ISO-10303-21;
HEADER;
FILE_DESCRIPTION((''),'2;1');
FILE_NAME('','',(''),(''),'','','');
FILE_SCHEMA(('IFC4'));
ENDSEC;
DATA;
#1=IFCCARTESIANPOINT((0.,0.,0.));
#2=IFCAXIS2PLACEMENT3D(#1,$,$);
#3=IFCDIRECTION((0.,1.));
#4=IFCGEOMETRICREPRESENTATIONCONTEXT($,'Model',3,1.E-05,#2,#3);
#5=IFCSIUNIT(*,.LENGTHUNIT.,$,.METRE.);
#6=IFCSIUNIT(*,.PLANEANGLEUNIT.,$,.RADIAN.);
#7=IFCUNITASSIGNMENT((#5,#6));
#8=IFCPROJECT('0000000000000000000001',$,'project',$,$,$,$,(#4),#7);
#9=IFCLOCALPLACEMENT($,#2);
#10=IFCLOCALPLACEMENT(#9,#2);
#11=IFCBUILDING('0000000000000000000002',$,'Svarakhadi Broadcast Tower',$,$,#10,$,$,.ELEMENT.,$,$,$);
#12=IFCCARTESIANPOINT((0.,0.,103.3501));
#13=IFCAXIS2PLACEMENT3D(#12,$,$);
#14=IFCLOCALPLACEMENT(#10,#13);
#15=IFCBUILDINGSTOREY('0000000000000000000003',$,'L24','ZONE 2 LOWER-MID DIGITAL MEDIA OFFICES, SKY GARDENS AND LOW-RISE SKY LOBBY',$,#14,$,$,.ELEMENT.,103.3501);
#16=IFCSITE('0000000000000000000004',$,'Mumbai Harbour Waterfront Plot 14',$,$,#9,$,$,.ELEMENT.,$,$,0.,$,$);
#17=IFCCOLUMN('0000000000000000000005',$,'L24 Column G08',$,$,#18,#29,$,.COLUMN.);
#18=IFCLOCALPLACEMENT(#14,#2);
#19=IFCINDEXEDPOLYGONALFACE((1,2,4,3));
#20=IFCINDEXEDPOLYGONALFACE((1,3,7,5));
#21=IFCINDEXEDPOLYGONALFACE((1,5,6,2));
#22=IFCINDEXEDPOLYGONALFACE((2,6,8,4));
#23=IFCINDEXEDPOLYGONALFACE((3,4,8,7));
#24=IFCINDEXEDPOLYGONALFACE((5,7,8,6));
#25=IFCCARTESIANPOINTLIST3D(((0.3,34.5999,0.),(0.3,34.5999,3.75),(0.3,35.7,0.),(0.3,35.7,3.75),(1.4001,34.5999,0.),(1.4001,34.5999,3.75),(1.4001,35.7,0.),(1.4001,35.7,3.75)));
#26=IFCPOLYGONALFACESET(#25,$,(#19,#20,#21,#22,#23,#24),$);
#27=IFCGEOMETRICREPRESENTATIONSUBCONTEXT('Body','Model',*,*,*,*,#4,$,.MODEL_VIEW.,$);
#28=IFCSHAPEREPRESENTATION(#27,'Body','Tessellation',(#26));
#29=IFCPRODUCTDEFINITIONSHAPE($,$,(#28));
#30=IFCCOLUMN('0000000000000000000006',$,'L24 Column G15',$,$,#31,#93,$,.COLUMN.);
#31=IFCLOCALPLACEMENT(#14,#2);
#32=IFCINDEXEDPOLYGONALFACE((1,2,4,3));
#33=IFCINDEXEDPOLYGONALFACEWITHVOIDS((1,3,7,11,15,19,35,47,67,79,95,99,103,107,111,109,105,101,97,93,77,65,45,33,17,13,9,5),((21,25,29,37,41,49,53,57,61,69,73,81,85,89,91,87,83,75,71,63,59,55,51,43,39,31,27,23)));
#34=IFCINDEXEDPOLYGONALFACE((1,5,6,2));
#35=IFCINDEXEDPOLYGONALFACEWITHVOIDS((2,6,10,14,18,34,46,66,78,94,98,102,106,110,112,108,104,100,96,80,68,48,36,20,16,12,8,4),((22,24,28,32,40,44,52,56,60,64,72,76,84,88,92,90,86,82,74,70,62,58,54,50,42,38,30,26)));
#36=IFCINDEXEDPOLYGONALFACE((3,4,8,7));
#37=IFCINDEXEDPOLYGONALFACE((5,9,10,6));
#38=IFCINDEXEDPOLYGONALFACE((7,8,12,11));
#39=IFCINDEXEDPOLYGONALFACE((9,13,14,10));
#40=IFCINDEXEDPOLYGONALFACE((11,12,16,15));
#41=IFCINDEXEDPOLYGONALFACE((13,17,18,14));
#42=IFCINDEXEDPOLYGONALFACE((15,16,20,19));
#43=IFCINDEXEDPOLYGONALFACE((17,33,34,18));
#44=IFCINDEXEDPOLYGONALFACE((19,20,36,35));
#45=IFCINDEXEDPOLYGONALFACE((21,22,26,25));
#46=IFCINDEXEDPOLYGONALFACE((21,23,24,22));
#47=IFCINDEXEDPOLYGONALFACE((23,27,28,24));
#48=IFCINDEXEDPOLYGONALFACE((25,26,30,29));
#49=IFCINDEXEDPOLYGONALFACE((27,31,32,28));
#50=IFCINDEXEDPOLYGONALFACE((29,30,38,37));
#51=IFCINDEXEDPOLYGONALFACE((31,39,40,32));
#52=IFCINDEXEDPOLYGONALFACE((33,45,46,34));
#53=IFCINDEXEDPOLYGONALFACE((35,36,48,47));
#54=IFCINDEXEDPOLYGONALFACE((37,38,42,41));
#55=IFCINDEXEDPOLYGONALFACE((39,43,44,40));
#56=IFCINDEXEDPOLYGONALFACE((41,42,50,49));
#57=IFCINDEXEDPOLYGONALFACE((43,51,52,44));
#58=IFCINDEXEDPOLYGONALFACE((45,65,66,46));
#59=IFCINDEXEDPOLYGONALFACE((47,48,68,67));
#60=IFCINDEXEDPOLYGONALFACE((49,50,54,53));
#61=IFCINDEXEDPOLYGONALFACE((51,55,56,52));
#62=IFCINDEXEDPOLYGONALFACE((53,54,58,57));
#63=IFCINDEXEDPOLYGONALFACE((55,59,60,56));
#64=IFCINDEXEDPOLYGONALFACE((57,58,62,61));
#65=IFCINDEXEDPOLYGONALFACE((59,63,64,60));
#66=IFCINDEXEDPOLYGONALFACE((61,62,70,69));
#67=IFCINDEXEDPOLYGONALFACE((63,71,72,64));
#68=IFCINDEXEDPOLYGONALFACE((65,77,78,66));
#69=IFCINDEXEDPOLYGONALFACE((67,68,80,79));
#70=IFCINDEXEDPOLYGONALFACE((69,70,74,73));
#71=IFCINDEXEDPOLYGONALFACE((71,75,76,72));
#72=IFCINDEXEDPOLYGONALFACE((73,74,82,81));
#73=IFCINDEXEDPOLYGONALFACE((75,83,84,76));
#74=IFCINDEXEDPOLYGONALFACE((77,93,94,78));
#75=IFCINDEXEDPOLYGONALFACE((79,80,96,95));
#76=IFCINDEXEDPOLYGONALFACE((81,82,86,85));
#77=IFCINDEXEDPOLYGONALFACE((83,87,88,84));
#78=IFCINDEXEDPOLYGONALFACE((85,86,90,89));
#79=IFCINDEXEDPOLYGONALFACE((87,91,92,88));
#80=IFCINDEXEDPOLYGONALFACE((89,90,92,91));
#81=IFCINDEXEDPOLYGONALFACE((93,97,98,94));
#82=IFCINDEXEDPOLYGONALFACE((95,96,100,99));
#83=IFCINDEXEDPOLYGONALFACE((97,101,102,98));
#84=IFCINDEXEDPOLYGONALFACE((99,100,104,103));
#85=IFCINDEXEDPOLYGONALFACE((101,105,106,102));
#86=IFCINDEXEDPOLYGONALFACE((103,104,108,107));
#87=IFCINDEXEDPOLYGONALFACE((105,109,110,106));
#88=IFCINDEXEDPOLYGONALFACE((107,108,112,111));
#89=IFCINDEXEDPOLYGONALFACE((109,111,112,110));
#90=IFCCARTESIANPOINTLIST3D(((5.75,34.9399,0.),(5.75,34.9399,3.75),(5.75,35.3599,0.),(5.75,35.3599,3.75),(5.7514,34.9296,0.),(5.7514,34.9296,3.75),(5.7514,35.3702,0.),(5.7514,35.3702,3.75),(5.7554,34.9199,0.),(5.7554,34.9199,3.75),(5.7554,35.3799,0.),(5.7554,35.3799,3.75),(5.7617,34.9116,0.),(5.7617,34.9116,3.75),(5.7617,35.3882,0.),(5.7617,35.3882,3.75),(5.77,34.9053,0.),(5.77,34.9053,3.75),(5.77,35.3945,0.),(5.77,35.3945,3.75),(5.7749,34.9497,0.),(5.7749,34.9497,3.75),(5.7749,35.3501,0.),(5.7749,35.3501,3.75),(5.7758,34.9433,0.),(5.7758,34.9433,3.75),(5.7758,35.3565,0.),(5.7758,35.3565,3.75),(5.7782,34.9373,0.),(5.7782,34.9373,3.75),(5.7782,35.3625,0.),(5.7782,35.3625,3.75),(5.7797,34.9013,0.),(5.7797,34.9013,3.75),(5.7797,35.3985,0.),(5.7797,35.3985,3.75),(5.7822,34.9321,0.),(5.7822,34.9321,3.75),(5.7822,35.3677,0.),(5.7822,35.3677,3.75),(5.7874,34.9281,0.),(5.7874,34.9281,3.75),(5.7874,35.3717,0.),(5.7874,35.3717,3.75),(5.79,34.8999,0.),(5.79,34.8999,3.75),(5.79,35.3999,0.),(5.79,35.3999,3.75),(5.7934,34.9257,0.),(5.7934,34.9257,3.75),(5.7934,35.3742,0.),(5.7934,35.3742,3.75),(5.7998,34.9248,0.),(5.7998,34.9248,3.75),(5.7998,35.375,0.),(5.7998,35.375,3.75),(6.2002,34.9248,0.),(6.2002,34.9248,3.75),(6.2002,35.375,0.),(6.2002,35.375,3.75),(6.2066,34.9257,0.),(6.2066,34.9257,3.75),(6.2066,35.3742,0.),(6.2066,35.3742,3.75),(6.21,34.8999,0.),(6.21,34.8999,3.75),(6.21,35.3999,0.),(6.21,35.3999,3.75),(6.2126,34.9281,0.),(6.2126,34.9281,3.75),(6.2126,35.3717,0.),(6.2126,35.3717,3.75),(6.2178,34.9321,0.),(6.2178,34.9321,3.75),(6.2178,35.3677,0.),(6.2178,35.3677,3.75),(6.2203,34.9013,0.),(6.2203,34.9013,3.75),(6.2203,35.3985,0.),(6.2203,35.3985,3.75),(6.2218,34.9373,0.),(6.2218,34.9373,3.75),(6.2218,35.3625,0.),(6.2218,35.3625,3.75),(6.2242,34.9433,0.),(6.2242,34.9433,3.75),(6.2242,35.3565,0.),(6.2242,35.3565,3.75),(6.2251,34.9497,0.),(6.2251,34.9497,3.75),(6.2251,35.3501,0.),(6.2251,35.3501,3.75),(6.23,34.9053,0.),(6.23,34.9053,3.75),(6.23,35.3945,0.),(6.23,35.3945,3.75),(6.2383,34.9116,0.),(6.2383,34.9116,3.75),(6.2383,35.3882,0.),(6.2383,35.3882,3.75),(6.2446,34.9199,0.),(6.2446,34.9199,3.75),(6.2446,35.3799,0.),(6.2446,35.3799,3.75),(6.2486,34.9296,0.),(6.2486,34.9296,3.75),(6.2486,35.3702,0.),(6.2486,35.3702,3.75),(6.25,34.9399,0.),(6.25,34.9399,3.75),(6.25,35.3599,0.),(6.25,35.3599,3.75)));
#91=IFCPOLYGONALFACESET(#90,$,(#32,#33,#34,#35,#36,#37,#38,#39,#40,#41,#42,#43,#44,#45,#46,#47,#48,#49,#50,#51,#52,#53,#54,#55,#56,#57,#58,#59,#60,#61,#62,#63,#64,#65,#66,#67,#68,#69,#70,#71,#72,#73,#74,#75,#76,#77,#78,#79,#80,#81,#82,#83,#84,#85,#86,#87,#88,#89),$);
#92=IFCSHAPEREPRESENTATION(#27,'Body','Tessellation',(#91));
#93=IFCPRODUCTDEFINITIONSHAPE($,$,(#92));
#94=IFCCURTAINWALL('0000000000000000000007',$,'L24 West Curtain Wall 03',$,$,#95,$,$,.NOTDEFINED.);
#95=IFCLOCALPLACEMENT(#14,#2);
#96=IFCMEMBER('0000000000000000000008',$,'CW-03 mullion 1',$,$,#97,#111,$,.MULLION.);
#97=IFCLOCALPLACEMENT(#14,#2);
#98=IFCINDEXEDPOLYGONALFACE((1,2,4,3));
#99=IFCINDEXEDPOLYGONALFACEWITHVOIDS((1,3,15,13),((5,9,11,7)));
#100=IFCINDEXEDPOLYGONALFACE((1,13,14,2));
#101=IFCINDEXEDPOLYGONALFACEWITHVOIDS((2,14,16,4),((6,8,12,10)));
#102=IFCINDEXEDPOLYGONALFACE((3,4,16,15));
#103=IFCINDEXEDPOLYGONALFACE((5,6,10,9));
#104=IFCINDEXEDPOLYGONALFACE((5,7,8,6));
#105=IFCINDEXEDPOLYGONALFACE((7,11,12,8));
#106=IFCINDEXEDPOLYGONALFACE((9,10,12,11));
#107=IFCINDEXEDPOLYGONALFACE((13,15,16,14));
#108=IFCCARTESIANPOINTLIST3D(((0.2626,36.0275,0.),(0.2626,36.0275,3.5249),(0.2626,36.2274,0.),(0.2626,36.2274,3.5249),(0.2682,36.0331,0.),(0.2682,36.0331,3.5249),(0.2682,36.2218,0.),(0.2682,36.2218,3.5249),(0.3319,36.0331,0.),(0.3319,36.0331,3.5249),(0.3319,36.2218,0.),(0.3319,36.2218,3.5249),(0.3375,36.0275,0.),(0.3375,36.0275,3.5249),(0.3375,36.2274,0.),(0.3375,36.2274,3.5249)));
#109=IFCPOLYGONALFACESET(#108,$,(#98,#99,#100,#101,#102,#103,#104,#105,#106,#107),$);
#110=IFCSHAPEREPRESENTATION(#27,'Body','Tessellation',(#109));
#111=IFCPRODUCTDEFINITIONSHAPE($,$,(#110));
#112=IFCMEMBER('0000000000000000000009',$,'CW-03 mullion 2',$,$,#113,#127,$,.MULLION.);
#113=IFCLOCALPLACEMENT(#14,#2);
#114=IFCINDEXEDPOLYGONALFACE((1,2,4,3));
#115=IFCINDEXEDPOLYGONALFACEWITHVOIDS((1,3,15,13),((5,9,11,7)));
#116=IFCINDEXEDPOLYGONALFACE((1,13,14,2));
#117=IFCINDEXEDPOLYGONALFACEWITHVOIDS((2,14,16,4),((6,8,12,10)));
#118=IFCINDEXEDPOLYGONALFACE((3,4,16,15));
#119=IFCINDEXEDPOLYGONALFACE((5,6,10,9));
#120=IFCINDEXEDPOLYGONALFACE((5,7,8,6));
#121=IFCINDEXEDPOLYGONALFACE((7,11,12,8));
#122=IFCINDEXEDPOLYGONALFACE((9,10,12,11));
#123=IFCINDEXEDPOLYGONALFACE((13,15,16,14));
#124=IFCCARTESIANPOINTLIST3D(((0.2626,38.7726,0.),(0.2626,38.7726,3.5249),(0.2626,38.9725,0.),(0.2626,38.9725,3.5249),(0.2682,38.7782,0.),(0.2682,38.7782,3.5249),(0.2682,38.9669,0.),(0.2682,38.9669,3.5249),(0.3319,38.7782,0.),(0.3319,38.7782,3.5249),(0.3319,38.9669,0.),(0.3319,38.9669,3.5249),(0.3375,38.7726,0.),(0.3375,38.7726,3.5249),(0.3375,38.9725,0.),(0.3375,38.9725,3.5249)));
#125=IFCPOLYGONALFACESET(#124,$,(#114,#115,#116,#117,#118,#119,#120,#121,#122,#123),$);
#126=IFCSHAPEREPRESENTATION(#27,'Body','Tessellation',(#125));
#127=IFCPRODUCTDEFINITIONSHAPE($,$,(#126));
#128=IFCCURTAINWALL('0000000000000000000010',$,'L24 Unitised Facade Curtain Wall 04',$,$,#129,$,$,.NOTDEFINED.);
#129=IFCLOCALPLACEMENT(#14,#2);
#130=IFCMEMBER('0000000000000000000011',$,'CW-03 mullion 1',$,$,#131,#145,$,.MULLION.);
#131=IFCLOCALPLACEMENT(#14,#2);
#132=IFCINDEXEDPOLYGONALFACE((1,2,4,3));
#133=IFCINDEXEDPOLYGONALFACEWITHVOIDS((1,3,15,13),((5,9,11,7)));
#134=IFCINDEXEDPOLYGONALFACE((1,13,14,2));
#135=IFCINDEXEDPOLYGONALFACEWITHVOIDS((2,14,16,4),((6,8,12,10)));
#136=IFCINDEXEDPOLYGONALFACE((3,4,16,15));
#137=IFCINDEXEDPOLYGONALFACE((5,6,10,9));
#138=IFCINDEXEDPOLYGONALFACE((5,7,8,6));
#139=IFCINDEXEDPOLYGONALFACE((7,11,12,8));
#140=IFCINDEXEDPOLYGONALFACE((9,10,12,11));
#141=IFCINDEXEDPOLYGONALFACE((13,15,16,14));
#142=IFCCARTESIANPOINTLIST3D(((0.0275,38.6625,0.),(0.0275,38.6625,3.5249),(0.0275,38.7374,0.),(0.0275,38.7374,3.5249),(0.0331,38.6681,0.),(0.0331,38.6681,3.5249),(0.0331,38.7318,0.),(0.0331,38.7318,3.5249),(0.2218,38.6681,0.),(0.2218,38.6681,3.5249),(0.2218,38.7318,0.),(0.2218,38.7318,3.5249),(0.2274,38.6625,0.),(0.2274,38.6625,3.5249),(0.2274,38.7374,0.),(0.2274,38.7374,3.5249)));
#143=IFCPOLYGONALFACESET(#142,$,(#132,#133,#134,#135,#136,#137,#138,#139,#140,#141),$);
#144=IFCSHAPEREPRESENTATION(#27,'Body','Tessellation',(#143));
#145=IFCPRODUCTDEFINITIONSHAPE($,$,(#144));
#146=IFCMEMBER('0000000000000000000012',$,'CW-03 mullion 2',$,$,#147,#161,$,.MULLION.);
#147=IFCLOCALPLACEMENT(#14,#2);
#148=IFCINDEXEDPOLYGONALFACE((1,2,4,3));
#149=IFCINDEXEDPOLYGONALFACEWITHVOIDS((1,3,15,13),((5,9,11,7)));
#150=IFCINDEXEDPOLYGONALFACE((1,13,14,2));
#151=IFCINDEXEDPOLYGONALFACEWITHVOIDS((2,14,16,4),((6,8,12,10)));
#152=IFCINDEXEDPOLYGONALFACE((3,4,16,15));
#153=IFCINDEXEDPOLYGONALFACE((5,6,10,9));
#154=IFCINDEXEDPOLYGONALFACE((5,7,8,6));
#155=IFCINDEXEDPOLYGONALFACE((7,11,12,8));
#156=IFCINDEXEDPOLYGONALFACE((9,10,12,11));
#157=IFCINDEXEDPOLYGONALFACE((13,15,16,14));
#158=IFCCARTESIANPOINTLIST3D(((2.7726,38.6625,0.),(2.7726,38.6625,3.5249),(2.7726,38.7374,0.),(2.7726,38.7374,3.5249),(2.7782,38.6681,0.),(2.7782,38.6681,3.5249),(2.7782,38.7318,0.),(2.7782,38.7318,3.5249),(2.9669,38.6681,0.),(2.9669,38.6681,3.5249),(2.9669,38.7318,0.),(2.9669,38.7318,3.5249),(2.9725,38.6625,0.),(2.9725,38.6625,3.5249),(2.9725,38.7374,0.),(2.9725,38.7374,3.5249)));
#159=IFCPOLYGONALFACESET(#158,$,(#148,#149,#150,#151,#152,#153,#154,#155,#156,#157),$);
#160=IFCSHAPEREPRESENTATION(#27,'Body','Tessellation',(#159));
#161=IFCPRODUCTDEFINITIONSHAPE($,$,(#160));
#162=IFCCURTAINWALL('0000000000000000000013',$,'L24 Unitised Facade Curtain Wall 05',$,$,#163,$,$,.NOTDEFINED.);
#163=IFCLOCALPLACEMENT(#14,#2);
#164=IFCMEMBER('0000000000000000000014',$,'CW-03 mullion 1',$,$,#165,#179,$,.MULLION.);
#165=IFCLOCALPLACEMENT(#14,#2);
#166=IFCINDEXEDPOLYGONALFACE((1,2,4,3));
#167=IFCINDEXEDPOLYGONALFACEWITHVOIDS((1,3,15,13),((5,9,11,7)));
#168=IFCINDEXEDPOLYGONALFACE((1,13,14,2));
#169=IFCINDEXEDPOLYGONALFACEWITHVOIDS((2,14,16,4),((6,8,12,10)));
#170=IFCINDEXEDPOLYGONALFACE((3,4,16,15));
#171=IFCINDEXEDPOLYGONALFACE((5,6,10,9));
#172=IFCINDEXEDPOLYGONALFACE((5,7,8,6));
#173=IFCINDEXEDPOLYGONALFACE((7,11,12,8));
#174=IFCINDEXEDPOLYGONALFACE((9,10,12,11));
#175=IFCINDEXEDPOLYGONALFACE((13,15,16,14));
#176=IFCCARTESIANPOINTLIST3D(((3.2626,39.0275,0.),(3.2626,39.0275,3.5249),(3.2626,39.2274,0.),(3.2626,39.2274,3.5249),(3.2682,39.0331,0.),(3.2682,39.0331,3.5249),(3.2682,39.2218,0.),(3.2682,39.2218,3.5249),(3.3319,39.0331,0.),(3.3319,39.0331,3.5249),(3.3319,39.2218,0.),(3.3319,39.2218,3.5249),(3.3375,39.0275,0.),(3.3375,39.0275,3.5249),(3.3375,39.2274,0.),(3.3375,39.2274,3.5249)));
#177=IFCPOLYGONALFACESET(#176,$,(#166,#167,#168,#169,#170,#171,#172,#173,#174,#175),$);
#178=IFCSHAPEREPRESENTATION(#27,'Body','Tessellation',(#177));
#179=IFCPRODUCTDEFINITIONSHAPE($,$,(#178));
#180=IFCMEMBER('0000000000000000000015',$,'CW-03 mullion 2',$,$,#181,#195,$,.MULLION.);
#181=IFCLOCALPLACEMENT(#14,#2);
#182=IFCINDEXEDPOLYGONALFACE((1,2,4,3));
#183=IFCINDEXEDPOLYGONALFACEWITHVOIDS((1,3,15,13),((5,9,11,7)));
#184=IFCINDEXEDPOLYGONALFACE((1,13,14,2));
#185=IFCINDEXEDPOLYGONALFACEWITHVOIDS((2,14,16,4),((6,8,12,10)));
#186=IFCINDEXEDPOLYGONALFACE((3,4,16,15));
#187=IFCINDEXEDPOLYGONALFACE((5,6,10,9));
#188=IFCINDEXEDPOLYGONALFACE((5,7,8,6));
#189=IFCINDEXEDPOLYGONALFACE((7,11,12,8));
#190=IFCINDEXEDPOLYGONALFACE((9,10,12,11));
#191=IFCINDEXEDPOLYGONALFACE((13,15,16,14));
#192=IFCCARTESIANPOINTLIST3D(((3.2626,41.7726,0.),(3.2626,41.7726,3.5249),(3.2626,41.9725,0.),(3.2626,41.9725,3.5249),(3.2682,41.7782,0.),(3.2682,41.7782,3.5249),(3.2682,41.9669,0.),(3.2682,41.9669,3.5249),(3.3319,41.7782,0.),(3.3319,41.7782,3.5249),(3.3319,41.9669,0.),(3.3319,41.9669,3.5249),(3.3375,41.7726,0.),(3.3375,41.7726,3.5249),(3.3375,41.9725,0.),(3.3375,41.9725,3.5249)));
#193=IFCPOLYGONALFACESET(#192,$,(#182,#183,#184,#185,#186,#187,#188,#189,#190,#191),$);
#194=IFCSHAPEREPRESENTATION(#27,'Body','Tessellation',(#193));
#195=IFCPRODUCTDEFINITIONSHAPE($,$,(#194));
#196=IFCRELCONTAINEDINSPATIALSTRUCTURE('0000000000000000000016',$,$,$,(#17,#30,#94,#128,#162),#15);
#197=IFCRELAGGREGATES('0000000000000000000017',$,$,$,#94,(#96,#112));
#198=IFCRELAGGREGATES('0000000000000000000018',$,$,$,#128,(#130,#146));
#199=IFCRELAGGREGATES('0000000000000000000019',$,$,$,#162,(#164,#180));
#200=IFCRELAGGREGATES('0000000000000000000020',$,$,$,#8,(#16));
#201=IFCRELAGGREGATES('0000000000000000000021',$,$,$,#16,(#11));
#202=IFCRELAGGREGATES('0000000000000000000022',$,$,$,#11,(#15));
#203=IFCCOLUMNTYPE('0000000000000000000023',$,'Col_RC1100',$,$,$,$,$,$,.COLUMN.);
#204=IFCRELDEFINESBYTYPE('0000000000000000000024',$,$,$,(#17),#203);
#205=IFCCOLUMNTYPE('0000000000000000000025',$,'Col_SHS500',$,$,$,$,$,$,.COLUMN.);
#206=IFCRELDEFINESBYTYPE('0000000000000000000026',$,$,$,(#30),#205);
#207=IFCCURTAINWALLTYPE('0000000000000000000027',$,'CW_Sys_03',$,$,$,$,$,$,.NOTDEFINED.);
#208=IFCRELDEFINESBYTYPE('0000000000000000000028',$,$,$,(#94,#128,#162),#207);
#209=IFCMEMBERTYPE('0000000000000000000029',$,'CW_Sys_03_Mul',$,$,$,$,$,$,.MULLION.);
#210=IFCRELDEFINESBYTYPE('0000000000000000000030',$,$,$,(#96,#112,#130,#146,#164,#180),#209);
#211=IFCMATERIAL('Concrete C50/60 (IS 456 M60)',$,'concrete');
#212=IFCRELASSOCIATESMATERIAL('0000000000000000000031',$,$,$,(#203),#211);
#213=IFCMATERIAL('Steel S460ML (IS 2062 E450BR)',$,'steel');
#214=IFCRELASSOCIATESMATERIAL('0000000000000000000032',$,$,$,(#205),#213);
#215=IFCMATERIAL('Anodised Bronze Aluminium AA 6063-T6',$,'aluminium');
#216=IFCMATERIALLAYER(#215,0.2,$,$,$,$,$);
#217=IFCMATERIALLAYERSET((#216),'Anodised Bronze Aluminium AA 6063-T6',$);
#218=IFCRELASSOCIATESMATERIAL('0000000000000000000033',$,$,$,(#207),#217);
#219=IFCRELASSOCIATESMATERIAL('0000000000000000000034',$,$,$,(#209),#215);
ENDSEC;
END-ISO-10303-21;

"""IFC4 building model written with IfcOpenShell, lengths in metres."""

from ifc_helpers import new_model, si_unit, direction, frame, origin, origin_2d, place, context, subcontext, project, spatial, rectangle, hollow_rectangle, extrude, material, layer, layer_set, material_profile, profile_set, type_object, element, aggregate, save


model = new_model("IFC4")

# Units and contexts
model_context = context("Model", 3, precision=1e-05, world=origin(), true_north=direction((0.0, 1.0)))
body_context = subcontext(model_context, "Body", "Model", "MODEL_VIEW")
ifc_project = project(units=[si_unit("LENGTHUNIT", "METRE"), si_unit("PLANEANGLEUNIT", "RADIAN")], contexts=[model_context])

# Site, building, storey
site_placement = place(None, origin())
site = spatial("IfcSite", under=ifc_project, at=site_placement, Name="Mumbai Harbour Waterfront Plot 14", CompositionType="ELEMENT", RefElevation=0.0)
building_placement = place(site_placement, origin())
building = spatial("IfcBuilding", under=site, at=building_placement, Name="Svarakhadi Broadcast Tower", CompositionType="ELEMENT")
storey_placement = place(building_placement, frame((0.0, 0.0, 103.3501)))
storey = spatial("IfcBuildingStorey", under=building, at=storey_placement, Name="L24", Description="ZONE 2 LOWER-MID DIGITAL MEDIA OFFICES, SKY GARDENS AND LOW-RISE SKY LOBBY", CompositionType="ELEMENT", Elevation=103.3501)

# Columns
ifc_material_1 = material(Name="Concrete C50/60 (IS 456 M60)", Category="concrete")
ifc_material_profile_1 = material_profile(ifc_material_1, rectangle(XDim=1.1001, YDim=1.1001, at=origin_2d()), Name="RC 1100x1100")
ifc_profile_set_1 = profile_set([ifc_material_profile_1], Name="Concrete C50/60 (IS 456 M60)")
column_type_1 = type_object("IfcColumnType", Name="Col_RC1100", PredefinedType="COLUMN", material=ifc_profile_set_1)
column_1_placement = place(storey_placement, frame((0.8501, 35.1499, 0.0), z_axis=(0.0, 0.0, 1.0), x_axis=(1.0, 0.0, 0.0)))
element("IfcColumn", 1, at=column_1_placement, inside=storey, type_object=column_type_1, Name="L24 Column G08", PredefinedType="COLUMN", context=body_context, shape_type="SweptSolid", body=[
    extrude(rectangle(XDim=1.1001, YDim=1.1001, at=origin_2d()), origin(), (0.0, 0.0, 1.0), 3.75),
])
ifc_material_2 = material(Name="Steel S460ML (IS 2062 E450BR)", Category="steel")
ifc_material_profile_2 = material_profile(ifc_material_2, hollow_rectangle(XDim=0.5, YDim=0.5, WallThickness=0.0249, InnerFilletRadius=0.0249, OuterFilletRadius=0.04, at=origin_2d()), Name="SHS 500x500x25")
ifc_profile_set_2 = profile_set([ifc_material_profile_2], Name="Steel S460ML (IS 2062 E450BR)")
column_type_2 = type_object("IfcColumnType", Name="Col_SHS500", PredefinedType="COLUMN", material=ifc_profile_set_2)
column_2_placement = place(storey_placement, frame((6.0, 35.1499, 0.0), z_axis=(0.0, 0.0, 1.0), x_axis=(1.0, 0.0, 0.0)))
element("IfcColumn", 2, at=column_2_placement, inside=storey, type_object=column_type_2, Name="L24 Column G15", PredefinedType="COLUMN", context=body_context, shape_type="SweptSolid", body=[
    extrude(hollow_rectangle(XDim=0.5, YDim=0.5, WallThickness=0.0249, InnerFilletRadius=0.0249, OuterFilletRadius=0.04, at=origin_2d()), origin(), (0.0, 0.0, 1.0), 3.75),
])

# Curtain walls, members
ifc_material_3 = material(Name="Anodised Bronze Aluminium AA 6063-T6", Category="aluminium")
ifc_layer_1 = layer(ifc_material_3, 0.2)
ifc_layer_set_1 = layer_set([ifc_layer_1], Name="Anodised Bronze Aluminium AA 6063-T6")
curtain_wall_type = type_object("IfcCurtainWallType", Name="CW_Sys_03", PredefinedType="NOTDEFINED", material=ifc_layer_set_1)
curtain_wall_1_placement = place(storey_placement, origin())
curtain_wall_1 = element("IfcCurtainWall", 3, at=curtain_wall_1_placement, inside=storey, type_object=curtain_wall_type, Name="L24 West Curtain Wall 03", PredefinedType="NOTDEFINED")
ifc_material_profile_3 = material_profile(ifc_material_3, hollow_rectangle(XDim=0.075, YDim=0.2, WallThickness=0.0056, at=origin_2d()), Name="ALU MULLION 200x75x6")
ifc_profile_set_3 = profile_set([ifc_material_profile_3], Name="Anodised Bronze Aluminium AA 6063-T6")
member_type_1 = type_object("IfcMemberType", Name="CW_Sys_03_Mul", PredefinedType="MULLION", material=ifc_profile_set_3)
member_1_placement = place(storey_placement, frame((0.3, 36.1274, 0.0), z_axis=(0.0, 0.0, 1.0), x_axis=(-1.0, 0.0, 0.0)))
member_1 = element("IfcMember", 4, at=member_1_placement, type_object=member_type_1, Name="CW-03 mullion 1", PredefinedType="MULLION", context=body_context, shape_type="SweptSolid", body=[
    extrude(hollow_rectangle(XDim=0.075, YDim=0.2, WallThickness=0.0056, at=origin_2d()), origin(), (0.0, 0.0, 1.0), 3.5249),
])
member_2_placement = place(storey_placement, frame((0.3, 38.8726, 0.0), z_axis=(0.0, 0.0, 1.0), x_axis=(-1.0, 0.0, 0.0)))
member_2 = element("IfcMember", 5, at=member_2_placement, type_object=member_type_1, Name="CW-03 mullion 2", PredefinedType="MULLION", context=body_context, shape_type="SweptSolid", body=[
    extrude(hollow_rectangle(XDim=0.075, YDim=0.2, WallThickness=0.0056, at=origin_2d()), origin(), (0.0, 0.0, 1.0), 3.5249),
])
curtain_wall_2_placement = place(storey_placement, origin())
curtain_wall_2 = element("IfcCurtainWall", 6, at=curtain_wall_2_placement, inside=storey, type_object=curtain_wall_type, Name="L24 Unitised Facade Curtain Wall 04", PredefinedType="NOTDEFINED")
member_3_placement = place(storey_placement, frame((0.1274, 38.7, 0.0), z_axis=(0.0, 0.0, 1.0), x_axis=(0.0, 1.0, 0.0)))
member_3 = element("IfcMember", 7, at=member_3_placement, type_object=member_type_1, Name="CW-03 mullion 1", PredefinedType="MULLION", context=body_context, shape_type="SweptSolid", body=[
    extrude(hollow_rectangle(XDim=0.075, YDim=0.2, WallThickness=0.0056, at=origin_2d()), origin(), (0.0, 0.0, 1.0), 3.5249),
])
member_4_placement = place(storey_placement, frame((2.8726, 38.7, 0.0), z_axis=(0.0, 0.0, 1.0), x_axis=(0.0, 1.0, 0.0)))
member_4 = element("IfcMember", 8, at=member_4_placement, type_object=member_type_1, Name="CW-03 mullion 2", PredefinedType="MULLION", context=body_context, shape_type="SweptSolid", body=[
    extrude(hollow_rectangle(XDim=0.075, YDim=0.2, WallThickness=0.0056, at=origin_2d()), origin(), (0.0, 0.0, 1.0), 3.5249),
])
curtain_wall_3_placement = place(storey_placement, origin())
curtain_wall_3 = element("IfcCurtainWall", 9, at=curtain_wall_3_placement, inside=storey, type_object=curtain_wall_type, Name="L24 Unitised Facade Curtain Wall 05", PredefinedType="NOTDEFINED")
member_5_placement = place(storey_placement, frame((3.3, 39.1274, 0.0), z_axis=(0.0, 0.0, 1.0), x_axis=(-1.0, 0.0, 0.0)))
member_5 = element("IfcMember", 10, at=member_5_placement, type_object=member_type_1, Name="CW-03 mullion 1", PredefinedType="MULLION", context=body_context, shape_type="SweptSolid", body=[
    extrude(hollow_rectangle(XDim=0.075, YDim=0.2, WallThickness=0.0056, at=origin_2d()), origin(), (0.0, 0.0, 1.0), 3.5249),
])
member_6_placement = place(storey_placement, frame((3.3, 41.8726, 0.0), z_axis=(0.0, 0.0, 1.0), x_axis=(-1.0, 0.0, 0.0)))
member_6 = element("IfcMember", 11, at=member_6_placement, type_object=member_type_1, Name="CW-03 mullion 2", PredefinedType="MULLION", context=body_context, shape_type="SweptSolid", body=[
    extrude(hollow_rectangle(XDim=0.075, YDim=0.2, WallThickness=0.0056, at=origin_2d()), origin(), (0.0, 0.0, 1.0), 3.5249),
])

aggregate(curtain_wall_1, [member_1, member_2])
aggregate(curtain_wall_2, [member_3, member_4])
aggregate(curtain_wall_3, [member_5, member_6])

save(model, "model.ifc")
